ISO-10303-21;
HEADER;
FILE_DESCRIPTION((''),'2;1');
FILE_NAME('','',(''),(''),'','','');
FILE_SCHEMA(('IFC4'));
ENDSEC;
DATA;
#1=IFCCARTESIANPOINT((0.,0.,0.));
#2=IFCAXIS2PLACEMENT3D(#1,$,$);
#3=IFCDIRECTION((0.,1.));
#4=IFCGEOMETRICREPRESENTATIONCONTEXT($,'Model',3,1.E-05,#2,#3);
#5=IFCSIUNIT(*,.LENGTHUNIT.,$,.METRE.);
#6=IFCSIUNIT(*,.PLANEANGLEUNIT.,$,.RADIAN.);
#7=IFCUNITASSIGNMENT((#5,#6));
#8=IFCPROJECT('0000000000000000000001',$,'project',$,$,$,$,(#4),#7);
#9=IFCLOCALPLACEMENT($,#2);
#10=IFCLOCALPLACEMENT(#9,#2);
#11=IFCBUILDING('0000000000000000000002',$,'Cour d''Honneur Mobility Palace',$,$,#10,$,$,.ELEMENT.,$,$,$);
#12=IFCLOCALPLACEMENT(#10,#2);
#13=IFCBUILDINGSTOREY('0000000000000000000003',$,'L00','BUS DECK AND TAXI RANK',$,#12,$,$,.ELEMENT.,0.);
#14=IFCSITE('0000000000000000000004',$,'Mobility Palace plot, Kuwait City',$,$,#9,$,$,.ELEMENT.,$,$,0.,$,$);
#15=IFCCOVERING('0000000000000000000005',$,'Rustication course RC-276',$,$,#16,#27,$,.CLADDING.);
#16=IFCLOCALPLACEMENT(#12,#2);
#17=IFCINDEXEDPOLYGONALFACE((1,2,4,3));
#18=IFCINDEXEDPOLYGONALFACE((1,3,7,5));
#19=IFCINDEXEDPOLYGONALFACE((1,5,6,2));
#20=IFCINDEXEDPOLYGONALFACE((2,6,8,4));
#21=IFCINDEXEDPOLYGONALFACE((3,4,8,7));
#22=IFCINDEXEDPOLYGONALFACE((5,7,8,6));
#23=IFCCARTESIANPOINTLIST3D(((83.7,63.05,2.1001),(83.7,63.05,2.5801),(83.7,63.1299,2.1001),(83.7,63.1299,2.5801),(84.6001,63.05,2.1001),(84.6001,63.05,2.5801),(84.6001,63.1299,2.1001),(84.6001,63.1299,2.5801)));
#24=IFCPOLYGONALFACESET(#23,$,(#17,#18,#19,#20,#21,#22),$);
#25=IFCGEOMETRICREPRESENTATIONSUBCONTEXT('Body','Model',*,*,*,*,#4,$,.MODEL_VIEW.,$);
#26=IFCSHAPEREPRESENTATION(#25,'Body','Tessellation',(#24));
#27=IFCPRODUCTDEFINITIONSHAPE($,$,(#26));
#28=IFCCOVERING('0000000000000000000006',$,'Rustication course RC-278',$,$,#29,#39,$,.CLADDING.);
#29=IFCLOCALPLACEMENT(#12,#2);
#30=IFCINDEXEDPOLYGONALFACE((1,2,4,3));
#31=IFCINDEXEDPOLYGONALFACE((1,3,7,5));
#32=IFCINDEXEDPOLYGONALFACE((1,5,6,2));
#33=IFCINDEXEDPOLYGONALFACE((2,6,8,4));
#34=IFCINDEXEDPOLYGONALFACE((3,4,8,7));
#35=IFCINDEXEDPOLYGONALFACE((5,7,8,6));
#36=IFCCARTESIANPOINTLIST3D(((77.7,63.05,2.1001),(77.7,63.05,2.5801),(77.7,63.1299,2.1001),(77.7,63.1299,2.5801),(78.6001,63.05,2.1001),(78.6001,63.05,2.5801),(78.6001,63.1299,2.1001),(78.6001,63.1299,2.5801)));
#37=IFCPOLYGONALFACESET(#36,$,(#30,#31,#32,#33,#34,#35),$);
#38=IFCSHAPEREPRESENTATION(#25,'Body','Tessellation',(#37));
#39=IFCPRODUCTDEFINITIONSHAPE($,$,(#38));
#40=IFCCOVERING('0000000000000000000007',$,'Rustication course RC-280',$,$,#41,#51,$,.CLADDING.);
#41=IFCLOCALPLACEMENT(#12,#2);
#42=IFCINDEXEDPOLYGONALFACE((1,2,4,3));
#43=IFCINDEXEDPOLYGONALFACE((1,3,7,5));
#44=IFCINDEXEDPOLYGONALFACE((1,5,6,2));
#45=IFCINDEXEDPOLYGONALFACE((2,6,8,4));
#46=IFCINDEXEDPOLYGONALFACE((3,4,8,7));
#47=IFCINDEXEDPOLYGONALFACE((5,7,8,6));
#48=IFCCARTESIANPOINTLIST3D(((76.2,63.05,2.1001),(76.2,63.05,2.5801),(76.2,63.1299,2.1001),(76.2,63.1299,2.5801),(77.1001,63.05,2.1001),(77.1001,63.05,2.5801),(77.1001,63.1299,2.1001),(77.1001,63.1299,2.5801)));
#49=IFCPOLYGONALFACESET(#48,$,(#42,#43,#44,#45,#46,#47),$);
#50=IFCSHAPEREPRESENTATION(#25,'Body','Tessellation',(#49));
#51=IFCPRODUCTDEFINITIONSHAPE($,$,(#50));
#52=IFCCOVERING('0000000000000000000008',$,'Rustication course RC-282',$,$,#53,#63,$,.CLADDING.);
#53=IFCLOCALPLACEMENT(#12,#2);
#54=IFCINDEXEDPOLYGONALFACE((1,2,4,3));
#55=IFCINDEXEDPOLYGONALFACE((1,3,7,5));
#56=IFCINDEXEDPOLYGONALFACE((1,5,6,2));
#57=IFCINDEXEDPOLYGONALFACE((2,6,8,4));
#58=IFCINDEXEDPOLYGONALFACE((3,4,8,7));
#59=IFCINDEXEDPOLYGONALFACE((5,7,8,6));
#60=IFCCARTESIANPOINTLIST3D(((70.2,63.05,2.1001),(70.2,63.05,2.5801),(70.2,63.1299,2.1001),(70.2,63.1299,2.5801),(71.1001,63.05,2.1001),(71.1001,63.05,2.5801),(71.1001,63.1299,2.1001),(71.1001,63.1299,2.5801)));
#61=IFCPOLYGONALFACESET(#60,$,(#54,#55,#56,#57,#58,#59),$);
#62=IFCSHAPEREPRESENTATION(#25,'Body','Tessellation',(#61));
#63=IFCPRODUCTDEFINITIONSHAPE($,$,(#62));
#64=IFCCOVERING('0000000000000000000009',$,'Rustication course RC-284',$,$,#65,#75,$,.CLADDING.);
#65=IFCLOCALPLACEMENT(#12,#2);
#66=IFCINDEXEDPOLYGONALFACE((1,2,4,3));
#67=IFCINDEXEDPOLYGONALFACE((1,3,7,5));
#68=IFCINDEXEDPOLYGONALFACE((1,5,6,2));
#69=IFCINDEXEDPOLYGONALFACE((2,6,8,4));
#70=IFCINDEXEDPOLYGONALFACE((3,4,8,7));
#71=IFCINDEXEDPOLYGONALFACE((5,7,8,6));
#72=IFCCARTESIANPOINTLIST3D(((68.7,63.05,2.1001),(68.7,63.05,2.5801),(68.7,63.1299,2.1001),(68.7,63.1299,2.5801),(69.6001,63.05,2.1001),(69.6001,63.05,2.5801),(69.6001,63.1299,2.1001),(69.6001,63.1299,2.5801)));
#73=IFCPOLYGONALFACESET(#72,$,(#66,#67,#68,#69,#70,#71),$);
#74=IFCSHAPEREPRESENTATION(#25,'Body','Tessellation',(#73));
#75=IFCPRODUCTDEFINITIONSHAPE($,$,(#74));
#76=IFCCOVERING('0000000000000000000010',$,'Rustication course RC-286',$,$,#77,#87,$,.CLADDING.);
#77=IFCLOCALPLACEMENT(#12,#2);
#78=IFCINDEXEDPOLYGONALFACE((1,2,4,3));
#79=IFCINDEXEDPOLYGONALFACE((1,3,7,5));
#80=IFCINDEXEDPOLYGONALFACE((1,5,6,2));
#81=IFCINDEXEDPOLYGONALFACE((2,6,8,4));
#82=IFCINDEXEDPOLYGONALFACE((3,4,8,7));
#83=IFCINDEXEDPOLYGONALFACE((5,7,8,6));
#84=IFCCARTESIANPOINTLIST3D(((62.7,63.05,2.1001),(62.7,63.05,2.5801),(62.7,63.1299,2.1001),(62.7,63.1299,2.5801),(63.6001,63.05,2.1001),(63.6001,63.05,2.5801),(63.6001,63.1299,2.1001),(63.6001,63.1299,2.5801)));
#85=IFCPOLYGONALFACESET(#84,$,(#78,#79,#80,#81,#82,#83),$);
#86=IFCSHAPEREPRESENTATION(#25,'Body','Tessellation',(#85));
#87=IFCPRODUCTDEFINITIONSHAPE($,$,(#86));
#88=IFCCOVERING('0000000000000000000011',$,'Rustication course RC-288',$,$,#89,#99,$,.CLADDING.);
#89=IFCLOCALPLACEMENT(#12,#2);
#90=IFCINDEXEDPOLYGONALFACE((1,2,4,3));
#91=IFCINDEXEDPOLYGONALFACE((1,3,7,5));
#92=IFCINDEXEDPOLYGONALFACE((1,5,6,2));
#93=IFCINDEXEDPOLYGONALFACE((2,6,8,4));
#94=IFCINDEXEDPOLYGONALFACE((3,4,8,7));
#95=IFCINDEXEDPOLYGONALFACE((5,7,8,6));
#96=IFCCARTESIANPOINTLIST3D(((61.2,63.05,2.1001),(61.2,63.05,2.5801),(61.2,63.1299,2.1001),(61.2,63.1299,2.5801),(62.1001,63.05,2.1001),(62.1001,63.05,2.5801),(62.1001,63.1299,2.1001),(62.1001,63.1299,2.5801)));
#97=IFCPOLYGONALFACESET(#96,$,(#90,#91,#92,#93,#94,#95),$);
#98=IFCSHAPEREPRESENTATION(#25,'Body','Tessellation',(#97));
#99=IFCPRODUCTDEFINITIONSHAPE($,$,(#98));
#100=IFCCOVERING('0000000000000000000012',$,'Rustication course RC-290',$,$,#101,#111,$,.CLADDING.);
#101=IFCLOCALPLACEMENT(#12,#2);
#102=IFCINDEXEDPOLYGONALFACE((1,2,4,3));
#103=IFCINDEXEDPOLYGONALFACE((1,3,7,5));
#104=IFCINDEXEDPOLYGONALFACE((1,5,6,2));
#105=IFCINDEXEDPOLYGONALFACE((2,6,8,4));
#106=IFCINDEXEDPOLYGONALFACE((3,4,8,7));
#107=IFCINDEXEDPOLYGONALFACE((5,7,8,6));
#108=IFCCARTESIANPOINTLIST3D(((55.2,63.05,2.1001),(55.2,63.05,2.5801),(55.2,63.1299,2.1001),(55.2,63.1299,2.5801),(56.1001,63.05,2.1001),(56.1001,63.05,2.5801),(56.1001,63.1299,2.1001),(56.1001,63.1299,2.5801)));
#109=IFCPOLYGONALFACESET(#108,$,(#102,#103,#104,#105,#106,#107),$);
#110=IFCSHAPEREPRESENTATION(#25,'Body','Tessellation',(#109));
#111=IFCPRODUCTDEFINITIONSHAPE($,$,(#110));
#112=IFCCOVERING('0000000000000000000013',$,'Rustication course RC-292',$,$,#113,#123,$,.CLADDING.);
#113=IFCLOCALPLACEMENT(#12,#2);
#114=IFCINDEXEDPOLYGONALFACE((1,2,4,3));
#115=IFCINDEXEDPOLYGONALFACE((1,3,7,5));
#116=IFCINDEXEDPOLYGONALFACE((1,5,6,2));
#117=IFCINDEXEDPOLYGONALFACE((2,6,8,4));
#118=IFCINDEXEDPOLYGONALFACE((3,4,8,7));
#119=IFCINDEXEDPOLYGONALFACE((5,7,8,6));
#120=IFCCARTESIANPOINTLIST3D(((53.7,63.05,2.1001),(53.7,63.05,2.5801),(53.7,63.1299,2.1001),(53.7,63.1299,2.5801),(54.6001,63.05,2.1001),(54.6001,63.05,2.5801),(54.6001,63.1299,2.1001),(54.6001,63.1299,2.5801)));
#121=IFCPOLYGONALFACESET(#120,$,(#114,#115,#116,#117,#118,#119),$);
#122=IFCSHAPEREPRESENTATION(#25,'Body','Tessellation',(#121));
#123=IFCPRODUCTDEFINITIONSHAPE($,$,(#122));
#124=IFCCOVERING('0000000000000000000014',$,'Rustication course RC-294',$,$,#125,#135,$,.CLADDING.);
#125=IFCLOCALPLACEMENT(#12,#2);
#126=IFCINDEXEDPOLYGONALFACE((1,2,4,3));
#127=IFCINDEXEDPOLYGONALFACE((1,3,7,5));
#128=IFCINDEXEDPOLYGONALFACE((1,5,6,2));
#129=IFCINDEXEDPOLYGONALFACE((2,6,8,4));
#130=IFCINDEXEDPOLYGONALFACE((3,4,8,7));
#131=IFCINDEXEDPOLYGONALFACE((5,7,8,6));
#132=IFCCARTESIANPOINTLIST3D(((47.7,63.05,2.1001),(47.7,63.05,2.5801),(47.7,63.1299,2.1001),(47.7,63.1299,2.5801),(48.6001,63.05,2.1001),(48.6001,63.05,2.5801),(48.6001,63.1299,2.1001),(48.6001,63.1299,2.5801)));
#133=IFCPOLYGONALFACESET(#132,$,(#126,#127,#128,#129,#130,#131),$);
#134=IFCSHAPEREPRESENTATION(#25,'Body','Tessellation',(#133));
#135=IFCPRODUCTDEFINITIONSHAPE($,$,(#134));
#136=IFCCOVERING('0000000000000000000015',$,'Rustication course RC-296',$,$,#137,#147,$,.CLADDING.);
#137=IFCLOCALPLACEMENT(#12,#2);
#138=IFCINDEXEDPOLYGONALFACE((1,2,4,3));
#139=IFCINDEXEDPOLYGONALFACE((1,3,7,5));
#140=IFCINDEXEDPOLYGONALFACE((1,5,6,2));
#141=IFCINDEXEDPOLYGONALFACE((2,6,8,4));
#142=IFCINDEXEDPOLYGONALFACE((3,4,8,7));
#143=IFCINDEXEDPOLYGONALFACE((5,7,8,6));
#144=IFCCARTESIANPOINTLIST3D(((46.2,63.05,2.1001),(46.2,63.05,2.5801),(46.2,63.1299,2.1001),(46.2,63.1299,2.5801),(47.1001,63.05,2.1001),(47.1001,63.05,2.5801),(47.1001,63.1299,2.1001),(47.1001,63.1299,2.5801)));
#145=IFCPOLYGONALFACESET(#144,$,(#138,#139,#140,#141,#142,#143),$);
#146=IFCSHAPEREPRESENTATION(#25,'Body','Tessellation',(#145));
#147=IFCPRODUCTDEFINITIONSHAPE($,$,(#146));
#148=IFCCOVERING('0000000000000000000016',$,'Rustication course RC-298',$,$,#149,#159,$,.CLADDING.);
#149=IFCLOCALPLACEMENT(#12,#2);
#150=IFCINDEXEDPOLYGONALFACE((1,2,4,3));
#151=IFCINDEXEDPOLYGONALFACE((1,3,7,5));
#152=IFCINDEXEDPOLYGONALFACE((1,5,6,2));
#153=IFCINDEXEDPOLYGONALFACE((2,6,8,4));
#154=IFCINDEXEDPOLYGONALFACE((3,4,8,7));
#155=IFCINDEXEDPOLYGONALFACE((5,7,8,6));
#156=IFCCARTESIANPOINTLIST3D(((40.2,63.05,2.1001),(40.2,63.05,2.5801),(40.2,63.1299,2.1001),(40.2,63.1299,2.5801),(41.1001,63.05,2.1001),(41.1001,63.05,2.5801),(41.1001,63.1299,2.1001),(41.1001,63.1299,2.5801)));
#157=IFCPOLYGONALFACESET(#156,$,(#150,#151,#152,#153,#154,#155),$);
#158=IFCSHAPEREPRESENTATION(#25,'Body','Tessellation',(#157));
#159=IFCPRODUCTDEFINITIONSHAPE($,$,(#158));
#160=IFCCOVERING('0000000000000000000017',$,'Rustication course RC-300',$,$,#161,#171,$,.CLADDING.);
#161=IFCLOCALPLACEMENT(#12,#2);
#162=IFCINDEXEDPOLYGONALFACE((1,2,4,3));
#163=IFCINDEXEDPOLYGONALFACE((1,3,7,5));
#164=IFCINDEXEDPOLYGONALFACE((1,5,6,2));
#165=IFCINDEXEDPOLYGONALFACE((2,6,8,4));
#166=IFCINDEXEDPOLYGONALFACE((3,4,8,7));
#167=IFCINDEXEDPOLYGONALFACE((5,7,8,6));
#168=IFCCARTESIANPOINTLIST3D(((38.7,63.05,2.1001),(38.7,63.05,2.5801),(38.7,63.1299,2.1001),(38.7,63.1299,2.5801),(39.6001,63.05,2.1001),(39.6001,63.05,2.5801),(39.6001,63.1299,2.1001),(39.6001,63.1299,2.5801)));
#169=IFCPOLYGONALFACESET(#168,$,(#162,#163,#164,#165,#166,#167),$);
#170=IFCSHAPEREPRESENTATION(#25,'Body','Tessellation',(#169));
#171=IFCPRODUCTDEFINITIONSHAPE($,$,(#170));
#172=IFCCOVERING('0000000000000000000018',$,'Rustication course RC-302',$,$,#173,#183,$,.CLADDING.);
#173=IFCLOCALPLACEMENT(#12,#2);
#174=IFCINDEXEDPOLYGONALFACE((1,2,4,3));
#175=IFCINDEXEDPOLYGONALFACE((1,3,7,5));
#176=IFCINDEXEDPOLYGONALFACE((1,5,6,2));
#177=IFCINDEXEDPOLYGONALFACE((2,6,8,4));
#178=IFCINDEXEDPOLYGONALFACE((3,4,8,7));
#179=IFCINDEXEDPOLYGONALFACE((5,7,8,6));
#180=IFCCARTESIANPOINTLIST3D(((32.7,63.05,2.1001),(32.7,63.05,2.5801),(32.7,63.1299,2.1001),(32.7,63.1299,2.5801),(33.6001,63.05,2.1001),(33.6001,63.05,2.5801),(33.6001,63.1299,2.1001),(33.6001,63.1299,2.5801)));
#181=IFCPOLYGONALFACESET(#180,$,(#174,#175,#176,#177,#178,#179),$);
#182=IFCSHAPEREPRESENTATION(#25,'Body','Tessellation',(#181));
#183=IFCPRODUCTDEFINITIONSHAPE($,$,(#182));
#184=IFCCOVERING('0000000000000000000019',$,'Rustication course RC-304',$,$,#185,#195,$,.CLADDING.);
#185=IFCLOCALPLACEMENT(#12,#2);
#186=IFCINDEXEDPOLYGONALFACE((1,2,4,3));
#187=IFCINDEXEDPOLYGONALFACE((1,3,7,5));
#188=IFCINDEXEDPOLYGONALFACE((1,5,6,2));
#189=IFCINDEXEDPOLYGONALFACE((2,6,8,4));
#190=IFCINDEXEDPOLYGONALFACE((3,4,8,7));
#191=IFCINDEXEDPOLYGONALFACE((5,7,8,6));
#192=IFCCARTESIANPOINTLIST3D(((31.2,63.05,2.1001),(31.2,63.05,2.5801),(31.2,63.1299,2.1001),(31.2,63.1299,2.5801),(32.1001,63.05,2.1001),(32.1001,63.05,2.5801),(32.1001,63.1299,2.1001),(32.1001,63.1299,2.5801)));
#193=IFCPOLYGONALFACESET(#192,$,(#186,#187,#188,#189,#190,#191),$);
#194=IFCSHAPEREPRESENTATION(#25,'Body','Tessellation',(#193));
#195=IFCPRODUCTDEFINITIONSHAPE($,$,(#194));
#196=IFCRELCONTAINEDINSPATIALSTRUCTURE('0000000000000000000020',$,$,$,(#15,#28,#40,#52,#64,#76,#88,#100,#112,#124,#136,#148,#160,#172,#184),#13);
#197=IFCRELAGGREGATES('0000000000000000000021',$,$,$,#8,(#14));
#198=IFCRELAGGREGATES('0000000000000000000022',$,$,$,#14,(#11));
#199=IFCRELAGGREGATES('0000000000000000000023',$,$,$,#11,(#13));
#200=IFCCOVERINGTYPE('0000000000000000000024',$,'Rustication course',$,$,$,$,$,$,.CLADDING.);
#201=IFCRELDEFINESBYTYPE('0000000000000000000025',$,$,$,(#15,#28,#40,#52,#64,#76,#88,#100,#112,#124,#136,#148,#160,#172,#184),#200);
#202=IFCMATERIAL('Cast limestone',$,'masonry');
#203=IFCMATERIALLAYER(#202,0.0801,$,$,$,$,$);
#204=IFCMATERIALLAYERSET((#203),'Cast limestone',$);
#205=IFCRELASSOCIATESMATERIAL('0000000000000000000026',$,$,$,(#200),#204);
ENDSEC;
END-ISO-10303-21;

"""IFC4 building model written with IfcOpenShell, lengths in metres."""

from ifc_helpers import new_model, si_unit, direction, frame, origin, place, context, subcontext, project, spatial, polyline, outline, extrude, material, layer, layer_set, type_object, element, save


model = new_model("IFC4")

# Units and contexts
model_context = context("Model", 3, precision=1e-05, world=origin(), true_north=direction((0.0, 1.0)))
body_context = subcontext(model_context, "Body", "Model", "MODEL_VIEW")
ifc_project = project(units=[si_unit("LENGTHUNIT", "METRE"), si_unit("PLANEANGLEUNIT", "RADIAN")], contexts=[model_context])

# Site, building, storey
site_placement = place(None, origin())
site = spatial("IfcSite", under=ifc_project, at=site_placement, Name="Mobility Palace plot, Kuwait City", CompositionType="ELEMENT", RefElevation=0.0)
building_placement = place(site_placement, origin())
building = spatial("IfcBuilding", under=site, at=building_placement, Name="Cour d'Honneur Mobility Palace", CompositionType="ELEMENT")
storey_placement = place(building_placement, origin())
storey = spatial("IfcBuildingStorey", under=building, at=storey_placement, Name="L00", Description="BUS DECK AND TAXI RANK", CompositionType="ELEMENT", Elevation=0.0)

# Coverings
ifc_material = material(Name="Cast limestone", Category="masonry")
ifc_layer = layer(ifc_material, 0.0801)
ifc_layer_set = layer_set([ifc_layer], Name="Cast limestone")
covering_type = type_object("IfcCoveringType", Name="Rustication course", PredefinedType="CLADDING", material=ifc_layer_set)
covering_1_placement = place(storey_placement, frame((0.0, 0.0, 2.1001)))
element("IfcCovering", 1, at=covering_1_placement, inside=storey, type_object=covering_type, Name="Rustication course RC-276", PredefinedType="CLADDING", context=body_context, shape_type="SweptSolid", body=[
    extrude(outline(polyline([(84.6001, 63.05), (83.7, 63.05), (83.7, 63.1299), (84.6001, 63.1299), (84.6001, 63.05)])), origin(), (0.0, 0.0, 1.0), 0.48),
])
covering_2_placement = place(storey_placement, frame((0.0, 0.0, 2.1001)))
element("IfcCovering", 2, at=covering_2_placement, inside=storey, type_object=covering_type, Name="Rustication course RC-278", PredefinedType="CLADDING", context=body_context, shape_type="SweptSolid", body=[
    extrude(outline(polyline([(78.6001, 63.05), (77.7, 63.05), (77.7, 63.1299), (78.6001, 63.1299), (78.6001, 63.05)])), origin(), (0.0, 0.0, 1.0), 0.48),
])
covering_3_placement = place(storey_placement, frame((0.0, 0.0, 2.1001)))
element("IfcCovering", 3, at=covering_3_placement, inside=storey, type_object=covering_type, Name="Rustication course RC-280", PredefinedType="CLADDING", context=body_context, shape_type="SweptSolid", body=[
    extrude(outline(polyline([(77.1001, 63.05), (76.2, 63.05), (76.2, 63.1299), (77.1001, 63.1299), (77.1001, 63.05)])), origin(), (0.0, 0.0, 1.0), 0.48),
])
covering_4_placement = place(storey_placement, frame((0.0, 0.0, 2.1001)))
element("IfcCovering", 4, at=covering_4_placement, inside=storey, type_object=covering_type, Name="Rustication course RC-282", PredefinedType="CLADDING", context=body_context, shape_type="SweptSolid", body=[
    extrude(outline(polyline([(71.1001, 63.05), (70.2, 63.05), (70.2, 63.1299), (71.1001, 63.1299), (71.1001, 63.05)])), origin(), (0.0, 0.0, 1.0), 0.48),
])
covering_5_placement = place(storey_placement, frame((0.0, 0.0, 2.1001)))
element("IfcCovering", 5, at=covering_5_placement, inside=storey, type_object=covering_type, Name="Rustication course RC-284", PredefinedType="CLADDING", context=body_context, shape_type="SweptSolid", body=[
    extrude(outline(polyline([(69.6001, 63.05), (68.7, 63.05), (68.7, 63.1299), (69.6001, 63.1299), (69.6001, 63.05)])), origin(), (0.0, 0.0, 1.0), 0.48),
])
covering_6_placement = place(storey_placement, frame((0.0, 0.0, 2.1001)))
element("IfcCovering", 6, at=covering_6_placement, inside=storey, type_object=covering_type, Name="Rustication course RC-286", PredefinedType="CLADDING", context=body_context, shape_type="SweptSolid", body=[
    extrude(outline(polyline([(63.6001, 63.05), (62.7, 63.05), (62.7, 63.1299), (63.6001, 63.1299), (63.6001, 63.05)])), origin(), (0.0, 0.0, 1.0), 0.48),
])
covering_7_placement = place(storey_placement, frame((0.0, 0.0, 2.1001)))
element("IfcCovering", 7, at=covering_7_placement, inside=storey, type_object=covering_type, Name="Rustication course RC-288", PredefinedType="CLADDING", context=body_context, shape_type="SweptSolid", body=[
    extrude(outline(polyline([(62.1001, 63.05), (61.2, 63.05), (61.2, 63.1299), (62.1001, 63.1299), (62.1001, 63.05)])), origin(), (0.0, 0.0, 1.0), 0.48),
])
covering_8_placement = place(storey_placement, frame((0.0, 0.0, 2.1001)))
element("IfcCovering", 8, at=covering_8_placement, inside=storey, type_object=covering_type, Name="Rustication course RC-290", PredefinedType="CLADDING", context=body_context, shape_type="SweptSolid", body=[
    extrude(outline(polyline([(56.1001, 63.05), (55.2, 63.05), (55.2, 63.1299), (56.1001, 63.1299), (56.1001, 63.05)])), origin(), (0.0, 0.0, 1.0), 0.48),
])
covering_9_placement = place(storey_placement, frame((0.0, 0.0, 2.1001)))
element("IfcCovering", 9, at=covering_9_placement, inside=storey, type_object=covering_type, Name="Rustication course RC-292", PredefinedType="CLADDING", context=body_context, shape_type="SweptSolid", body=[
    extrude(outline(polyline([(54.6001, 63.05), (53.7, 63.05), (53.7, 63.1299), (54.6001, 63.1299), (54.6001, 63.05)])), origin(), (0.0, 0.0, 1.0), 0.48),
])
covering_10_placement = place(storey_placement, frame((0.0, 0.0, 2.1001)))
element("IfcCovering", 10, at=covering_10_placement, inside=storey, type_object=covering_type, Name="Rustication course RC-294", PredefinedType="CLADDING", context=body_context, shape_type="SweptSolid", body=[
    extrude(outline(polyline([(48.6001, 63.05), (47.7, 63.05), (47.7, 63.1299), (48.6001, 63.1299), (48.6001, 63.05)])), origin(), (0.0, 0.0, 1.0), 0.48),
])
covering_11_placement = place(storey_placement, frame((0.0, 0.0, 2.1001)))
element("IfcCovering", 11, at=covering_11_placement, inside=storey, type_object=covering_type, Name="Rustication course RC-296", PredefinedType="CLADDING", context=body_context, shape_type="SweptSolid", body=[
    extrude(outline(polyline([(47.1001, 63.05), (46.2, 63.05), (46.2, 63.1299), (47.1001, 63.1299), (47.1001, 63.05)])), origin(), (0.0, 0.0, 1.0), 0.48),
])
covering_12_placement = place(storey_placement, frame((0.0, 0.0, 2.1001)))
element("IfcCovering", 12, at=covering_12_placement, inside=storey, type_object=covering_type, Name="Rustication course RC-298", PredefinedType="CLADDING", context=body_context, shape_type="SweptSolid", body=[
    extrude(outline(polyline([(41.1001, 63.05), (40.2, 63.05), (40.2, 63.1299), (41.1001, 63.1299), (41.1001, 63.05)])), origin(), (0.0, 0.0, 1.0), 0.48),
])
covering_13_placement = place(storey_placement, frame((0.0, 0.0, 2.1001)))
element("IfcCovering", 13, at=covering_13_placement, inside=storey, type_object=covering_type, Name="Rustication course RC-300", PredefinedType="CLADDING", context=body_context, shape_type="SweptSolid", body=[
    extrude(outline(polyline([(39.6001, 63.05), (38.7, 63.05), (38.7, 63.1299), (39.6001, 63.1299), (39.6001, 63.05)])), origin(), (0.0, 0.0, 1.0), 0.48),
])
covering_14_placement = place(storey_placement, frame((0.0, 0.0, 2.1001)))
element("IfcCovering", 14, at=covering_14_placement, inside=storey, type_object=covering_type, Name="Rustication course RC-302", PredefinedType="CLADDING", context=body_context, shape_type="SweptSolid", body=[
    extrude(outline(polyline([(33.6001, 63.05), (32.7, 63.05), (32.7, 63.1299), (33.6001, 63.1299), (33.6001, 63.05)])), origin(), (0.0, 0.0, 1.0), 0.48),
])
covering_15_placement = place(storey_placement, frame((0.0, 0.0, 2.1001)))
element("IfcCovering", 15, at=covering_15_placement, inside=storey, type_object=covering_type, Name="Rustication course RC-304", PredefinedType="CLADDING", context=body_context, shape_type="SweptSolid", body=[
    extrude(outline(polyline([(32.1001, 63.05), (31.2, 63.05), (31.2, 63.1299), (32.1001, 63.1299), (32.1001, 63.05)])), origin(), (0.0, 0.0, 1.0), 0.48),
])

save(model, "model.ifc")
